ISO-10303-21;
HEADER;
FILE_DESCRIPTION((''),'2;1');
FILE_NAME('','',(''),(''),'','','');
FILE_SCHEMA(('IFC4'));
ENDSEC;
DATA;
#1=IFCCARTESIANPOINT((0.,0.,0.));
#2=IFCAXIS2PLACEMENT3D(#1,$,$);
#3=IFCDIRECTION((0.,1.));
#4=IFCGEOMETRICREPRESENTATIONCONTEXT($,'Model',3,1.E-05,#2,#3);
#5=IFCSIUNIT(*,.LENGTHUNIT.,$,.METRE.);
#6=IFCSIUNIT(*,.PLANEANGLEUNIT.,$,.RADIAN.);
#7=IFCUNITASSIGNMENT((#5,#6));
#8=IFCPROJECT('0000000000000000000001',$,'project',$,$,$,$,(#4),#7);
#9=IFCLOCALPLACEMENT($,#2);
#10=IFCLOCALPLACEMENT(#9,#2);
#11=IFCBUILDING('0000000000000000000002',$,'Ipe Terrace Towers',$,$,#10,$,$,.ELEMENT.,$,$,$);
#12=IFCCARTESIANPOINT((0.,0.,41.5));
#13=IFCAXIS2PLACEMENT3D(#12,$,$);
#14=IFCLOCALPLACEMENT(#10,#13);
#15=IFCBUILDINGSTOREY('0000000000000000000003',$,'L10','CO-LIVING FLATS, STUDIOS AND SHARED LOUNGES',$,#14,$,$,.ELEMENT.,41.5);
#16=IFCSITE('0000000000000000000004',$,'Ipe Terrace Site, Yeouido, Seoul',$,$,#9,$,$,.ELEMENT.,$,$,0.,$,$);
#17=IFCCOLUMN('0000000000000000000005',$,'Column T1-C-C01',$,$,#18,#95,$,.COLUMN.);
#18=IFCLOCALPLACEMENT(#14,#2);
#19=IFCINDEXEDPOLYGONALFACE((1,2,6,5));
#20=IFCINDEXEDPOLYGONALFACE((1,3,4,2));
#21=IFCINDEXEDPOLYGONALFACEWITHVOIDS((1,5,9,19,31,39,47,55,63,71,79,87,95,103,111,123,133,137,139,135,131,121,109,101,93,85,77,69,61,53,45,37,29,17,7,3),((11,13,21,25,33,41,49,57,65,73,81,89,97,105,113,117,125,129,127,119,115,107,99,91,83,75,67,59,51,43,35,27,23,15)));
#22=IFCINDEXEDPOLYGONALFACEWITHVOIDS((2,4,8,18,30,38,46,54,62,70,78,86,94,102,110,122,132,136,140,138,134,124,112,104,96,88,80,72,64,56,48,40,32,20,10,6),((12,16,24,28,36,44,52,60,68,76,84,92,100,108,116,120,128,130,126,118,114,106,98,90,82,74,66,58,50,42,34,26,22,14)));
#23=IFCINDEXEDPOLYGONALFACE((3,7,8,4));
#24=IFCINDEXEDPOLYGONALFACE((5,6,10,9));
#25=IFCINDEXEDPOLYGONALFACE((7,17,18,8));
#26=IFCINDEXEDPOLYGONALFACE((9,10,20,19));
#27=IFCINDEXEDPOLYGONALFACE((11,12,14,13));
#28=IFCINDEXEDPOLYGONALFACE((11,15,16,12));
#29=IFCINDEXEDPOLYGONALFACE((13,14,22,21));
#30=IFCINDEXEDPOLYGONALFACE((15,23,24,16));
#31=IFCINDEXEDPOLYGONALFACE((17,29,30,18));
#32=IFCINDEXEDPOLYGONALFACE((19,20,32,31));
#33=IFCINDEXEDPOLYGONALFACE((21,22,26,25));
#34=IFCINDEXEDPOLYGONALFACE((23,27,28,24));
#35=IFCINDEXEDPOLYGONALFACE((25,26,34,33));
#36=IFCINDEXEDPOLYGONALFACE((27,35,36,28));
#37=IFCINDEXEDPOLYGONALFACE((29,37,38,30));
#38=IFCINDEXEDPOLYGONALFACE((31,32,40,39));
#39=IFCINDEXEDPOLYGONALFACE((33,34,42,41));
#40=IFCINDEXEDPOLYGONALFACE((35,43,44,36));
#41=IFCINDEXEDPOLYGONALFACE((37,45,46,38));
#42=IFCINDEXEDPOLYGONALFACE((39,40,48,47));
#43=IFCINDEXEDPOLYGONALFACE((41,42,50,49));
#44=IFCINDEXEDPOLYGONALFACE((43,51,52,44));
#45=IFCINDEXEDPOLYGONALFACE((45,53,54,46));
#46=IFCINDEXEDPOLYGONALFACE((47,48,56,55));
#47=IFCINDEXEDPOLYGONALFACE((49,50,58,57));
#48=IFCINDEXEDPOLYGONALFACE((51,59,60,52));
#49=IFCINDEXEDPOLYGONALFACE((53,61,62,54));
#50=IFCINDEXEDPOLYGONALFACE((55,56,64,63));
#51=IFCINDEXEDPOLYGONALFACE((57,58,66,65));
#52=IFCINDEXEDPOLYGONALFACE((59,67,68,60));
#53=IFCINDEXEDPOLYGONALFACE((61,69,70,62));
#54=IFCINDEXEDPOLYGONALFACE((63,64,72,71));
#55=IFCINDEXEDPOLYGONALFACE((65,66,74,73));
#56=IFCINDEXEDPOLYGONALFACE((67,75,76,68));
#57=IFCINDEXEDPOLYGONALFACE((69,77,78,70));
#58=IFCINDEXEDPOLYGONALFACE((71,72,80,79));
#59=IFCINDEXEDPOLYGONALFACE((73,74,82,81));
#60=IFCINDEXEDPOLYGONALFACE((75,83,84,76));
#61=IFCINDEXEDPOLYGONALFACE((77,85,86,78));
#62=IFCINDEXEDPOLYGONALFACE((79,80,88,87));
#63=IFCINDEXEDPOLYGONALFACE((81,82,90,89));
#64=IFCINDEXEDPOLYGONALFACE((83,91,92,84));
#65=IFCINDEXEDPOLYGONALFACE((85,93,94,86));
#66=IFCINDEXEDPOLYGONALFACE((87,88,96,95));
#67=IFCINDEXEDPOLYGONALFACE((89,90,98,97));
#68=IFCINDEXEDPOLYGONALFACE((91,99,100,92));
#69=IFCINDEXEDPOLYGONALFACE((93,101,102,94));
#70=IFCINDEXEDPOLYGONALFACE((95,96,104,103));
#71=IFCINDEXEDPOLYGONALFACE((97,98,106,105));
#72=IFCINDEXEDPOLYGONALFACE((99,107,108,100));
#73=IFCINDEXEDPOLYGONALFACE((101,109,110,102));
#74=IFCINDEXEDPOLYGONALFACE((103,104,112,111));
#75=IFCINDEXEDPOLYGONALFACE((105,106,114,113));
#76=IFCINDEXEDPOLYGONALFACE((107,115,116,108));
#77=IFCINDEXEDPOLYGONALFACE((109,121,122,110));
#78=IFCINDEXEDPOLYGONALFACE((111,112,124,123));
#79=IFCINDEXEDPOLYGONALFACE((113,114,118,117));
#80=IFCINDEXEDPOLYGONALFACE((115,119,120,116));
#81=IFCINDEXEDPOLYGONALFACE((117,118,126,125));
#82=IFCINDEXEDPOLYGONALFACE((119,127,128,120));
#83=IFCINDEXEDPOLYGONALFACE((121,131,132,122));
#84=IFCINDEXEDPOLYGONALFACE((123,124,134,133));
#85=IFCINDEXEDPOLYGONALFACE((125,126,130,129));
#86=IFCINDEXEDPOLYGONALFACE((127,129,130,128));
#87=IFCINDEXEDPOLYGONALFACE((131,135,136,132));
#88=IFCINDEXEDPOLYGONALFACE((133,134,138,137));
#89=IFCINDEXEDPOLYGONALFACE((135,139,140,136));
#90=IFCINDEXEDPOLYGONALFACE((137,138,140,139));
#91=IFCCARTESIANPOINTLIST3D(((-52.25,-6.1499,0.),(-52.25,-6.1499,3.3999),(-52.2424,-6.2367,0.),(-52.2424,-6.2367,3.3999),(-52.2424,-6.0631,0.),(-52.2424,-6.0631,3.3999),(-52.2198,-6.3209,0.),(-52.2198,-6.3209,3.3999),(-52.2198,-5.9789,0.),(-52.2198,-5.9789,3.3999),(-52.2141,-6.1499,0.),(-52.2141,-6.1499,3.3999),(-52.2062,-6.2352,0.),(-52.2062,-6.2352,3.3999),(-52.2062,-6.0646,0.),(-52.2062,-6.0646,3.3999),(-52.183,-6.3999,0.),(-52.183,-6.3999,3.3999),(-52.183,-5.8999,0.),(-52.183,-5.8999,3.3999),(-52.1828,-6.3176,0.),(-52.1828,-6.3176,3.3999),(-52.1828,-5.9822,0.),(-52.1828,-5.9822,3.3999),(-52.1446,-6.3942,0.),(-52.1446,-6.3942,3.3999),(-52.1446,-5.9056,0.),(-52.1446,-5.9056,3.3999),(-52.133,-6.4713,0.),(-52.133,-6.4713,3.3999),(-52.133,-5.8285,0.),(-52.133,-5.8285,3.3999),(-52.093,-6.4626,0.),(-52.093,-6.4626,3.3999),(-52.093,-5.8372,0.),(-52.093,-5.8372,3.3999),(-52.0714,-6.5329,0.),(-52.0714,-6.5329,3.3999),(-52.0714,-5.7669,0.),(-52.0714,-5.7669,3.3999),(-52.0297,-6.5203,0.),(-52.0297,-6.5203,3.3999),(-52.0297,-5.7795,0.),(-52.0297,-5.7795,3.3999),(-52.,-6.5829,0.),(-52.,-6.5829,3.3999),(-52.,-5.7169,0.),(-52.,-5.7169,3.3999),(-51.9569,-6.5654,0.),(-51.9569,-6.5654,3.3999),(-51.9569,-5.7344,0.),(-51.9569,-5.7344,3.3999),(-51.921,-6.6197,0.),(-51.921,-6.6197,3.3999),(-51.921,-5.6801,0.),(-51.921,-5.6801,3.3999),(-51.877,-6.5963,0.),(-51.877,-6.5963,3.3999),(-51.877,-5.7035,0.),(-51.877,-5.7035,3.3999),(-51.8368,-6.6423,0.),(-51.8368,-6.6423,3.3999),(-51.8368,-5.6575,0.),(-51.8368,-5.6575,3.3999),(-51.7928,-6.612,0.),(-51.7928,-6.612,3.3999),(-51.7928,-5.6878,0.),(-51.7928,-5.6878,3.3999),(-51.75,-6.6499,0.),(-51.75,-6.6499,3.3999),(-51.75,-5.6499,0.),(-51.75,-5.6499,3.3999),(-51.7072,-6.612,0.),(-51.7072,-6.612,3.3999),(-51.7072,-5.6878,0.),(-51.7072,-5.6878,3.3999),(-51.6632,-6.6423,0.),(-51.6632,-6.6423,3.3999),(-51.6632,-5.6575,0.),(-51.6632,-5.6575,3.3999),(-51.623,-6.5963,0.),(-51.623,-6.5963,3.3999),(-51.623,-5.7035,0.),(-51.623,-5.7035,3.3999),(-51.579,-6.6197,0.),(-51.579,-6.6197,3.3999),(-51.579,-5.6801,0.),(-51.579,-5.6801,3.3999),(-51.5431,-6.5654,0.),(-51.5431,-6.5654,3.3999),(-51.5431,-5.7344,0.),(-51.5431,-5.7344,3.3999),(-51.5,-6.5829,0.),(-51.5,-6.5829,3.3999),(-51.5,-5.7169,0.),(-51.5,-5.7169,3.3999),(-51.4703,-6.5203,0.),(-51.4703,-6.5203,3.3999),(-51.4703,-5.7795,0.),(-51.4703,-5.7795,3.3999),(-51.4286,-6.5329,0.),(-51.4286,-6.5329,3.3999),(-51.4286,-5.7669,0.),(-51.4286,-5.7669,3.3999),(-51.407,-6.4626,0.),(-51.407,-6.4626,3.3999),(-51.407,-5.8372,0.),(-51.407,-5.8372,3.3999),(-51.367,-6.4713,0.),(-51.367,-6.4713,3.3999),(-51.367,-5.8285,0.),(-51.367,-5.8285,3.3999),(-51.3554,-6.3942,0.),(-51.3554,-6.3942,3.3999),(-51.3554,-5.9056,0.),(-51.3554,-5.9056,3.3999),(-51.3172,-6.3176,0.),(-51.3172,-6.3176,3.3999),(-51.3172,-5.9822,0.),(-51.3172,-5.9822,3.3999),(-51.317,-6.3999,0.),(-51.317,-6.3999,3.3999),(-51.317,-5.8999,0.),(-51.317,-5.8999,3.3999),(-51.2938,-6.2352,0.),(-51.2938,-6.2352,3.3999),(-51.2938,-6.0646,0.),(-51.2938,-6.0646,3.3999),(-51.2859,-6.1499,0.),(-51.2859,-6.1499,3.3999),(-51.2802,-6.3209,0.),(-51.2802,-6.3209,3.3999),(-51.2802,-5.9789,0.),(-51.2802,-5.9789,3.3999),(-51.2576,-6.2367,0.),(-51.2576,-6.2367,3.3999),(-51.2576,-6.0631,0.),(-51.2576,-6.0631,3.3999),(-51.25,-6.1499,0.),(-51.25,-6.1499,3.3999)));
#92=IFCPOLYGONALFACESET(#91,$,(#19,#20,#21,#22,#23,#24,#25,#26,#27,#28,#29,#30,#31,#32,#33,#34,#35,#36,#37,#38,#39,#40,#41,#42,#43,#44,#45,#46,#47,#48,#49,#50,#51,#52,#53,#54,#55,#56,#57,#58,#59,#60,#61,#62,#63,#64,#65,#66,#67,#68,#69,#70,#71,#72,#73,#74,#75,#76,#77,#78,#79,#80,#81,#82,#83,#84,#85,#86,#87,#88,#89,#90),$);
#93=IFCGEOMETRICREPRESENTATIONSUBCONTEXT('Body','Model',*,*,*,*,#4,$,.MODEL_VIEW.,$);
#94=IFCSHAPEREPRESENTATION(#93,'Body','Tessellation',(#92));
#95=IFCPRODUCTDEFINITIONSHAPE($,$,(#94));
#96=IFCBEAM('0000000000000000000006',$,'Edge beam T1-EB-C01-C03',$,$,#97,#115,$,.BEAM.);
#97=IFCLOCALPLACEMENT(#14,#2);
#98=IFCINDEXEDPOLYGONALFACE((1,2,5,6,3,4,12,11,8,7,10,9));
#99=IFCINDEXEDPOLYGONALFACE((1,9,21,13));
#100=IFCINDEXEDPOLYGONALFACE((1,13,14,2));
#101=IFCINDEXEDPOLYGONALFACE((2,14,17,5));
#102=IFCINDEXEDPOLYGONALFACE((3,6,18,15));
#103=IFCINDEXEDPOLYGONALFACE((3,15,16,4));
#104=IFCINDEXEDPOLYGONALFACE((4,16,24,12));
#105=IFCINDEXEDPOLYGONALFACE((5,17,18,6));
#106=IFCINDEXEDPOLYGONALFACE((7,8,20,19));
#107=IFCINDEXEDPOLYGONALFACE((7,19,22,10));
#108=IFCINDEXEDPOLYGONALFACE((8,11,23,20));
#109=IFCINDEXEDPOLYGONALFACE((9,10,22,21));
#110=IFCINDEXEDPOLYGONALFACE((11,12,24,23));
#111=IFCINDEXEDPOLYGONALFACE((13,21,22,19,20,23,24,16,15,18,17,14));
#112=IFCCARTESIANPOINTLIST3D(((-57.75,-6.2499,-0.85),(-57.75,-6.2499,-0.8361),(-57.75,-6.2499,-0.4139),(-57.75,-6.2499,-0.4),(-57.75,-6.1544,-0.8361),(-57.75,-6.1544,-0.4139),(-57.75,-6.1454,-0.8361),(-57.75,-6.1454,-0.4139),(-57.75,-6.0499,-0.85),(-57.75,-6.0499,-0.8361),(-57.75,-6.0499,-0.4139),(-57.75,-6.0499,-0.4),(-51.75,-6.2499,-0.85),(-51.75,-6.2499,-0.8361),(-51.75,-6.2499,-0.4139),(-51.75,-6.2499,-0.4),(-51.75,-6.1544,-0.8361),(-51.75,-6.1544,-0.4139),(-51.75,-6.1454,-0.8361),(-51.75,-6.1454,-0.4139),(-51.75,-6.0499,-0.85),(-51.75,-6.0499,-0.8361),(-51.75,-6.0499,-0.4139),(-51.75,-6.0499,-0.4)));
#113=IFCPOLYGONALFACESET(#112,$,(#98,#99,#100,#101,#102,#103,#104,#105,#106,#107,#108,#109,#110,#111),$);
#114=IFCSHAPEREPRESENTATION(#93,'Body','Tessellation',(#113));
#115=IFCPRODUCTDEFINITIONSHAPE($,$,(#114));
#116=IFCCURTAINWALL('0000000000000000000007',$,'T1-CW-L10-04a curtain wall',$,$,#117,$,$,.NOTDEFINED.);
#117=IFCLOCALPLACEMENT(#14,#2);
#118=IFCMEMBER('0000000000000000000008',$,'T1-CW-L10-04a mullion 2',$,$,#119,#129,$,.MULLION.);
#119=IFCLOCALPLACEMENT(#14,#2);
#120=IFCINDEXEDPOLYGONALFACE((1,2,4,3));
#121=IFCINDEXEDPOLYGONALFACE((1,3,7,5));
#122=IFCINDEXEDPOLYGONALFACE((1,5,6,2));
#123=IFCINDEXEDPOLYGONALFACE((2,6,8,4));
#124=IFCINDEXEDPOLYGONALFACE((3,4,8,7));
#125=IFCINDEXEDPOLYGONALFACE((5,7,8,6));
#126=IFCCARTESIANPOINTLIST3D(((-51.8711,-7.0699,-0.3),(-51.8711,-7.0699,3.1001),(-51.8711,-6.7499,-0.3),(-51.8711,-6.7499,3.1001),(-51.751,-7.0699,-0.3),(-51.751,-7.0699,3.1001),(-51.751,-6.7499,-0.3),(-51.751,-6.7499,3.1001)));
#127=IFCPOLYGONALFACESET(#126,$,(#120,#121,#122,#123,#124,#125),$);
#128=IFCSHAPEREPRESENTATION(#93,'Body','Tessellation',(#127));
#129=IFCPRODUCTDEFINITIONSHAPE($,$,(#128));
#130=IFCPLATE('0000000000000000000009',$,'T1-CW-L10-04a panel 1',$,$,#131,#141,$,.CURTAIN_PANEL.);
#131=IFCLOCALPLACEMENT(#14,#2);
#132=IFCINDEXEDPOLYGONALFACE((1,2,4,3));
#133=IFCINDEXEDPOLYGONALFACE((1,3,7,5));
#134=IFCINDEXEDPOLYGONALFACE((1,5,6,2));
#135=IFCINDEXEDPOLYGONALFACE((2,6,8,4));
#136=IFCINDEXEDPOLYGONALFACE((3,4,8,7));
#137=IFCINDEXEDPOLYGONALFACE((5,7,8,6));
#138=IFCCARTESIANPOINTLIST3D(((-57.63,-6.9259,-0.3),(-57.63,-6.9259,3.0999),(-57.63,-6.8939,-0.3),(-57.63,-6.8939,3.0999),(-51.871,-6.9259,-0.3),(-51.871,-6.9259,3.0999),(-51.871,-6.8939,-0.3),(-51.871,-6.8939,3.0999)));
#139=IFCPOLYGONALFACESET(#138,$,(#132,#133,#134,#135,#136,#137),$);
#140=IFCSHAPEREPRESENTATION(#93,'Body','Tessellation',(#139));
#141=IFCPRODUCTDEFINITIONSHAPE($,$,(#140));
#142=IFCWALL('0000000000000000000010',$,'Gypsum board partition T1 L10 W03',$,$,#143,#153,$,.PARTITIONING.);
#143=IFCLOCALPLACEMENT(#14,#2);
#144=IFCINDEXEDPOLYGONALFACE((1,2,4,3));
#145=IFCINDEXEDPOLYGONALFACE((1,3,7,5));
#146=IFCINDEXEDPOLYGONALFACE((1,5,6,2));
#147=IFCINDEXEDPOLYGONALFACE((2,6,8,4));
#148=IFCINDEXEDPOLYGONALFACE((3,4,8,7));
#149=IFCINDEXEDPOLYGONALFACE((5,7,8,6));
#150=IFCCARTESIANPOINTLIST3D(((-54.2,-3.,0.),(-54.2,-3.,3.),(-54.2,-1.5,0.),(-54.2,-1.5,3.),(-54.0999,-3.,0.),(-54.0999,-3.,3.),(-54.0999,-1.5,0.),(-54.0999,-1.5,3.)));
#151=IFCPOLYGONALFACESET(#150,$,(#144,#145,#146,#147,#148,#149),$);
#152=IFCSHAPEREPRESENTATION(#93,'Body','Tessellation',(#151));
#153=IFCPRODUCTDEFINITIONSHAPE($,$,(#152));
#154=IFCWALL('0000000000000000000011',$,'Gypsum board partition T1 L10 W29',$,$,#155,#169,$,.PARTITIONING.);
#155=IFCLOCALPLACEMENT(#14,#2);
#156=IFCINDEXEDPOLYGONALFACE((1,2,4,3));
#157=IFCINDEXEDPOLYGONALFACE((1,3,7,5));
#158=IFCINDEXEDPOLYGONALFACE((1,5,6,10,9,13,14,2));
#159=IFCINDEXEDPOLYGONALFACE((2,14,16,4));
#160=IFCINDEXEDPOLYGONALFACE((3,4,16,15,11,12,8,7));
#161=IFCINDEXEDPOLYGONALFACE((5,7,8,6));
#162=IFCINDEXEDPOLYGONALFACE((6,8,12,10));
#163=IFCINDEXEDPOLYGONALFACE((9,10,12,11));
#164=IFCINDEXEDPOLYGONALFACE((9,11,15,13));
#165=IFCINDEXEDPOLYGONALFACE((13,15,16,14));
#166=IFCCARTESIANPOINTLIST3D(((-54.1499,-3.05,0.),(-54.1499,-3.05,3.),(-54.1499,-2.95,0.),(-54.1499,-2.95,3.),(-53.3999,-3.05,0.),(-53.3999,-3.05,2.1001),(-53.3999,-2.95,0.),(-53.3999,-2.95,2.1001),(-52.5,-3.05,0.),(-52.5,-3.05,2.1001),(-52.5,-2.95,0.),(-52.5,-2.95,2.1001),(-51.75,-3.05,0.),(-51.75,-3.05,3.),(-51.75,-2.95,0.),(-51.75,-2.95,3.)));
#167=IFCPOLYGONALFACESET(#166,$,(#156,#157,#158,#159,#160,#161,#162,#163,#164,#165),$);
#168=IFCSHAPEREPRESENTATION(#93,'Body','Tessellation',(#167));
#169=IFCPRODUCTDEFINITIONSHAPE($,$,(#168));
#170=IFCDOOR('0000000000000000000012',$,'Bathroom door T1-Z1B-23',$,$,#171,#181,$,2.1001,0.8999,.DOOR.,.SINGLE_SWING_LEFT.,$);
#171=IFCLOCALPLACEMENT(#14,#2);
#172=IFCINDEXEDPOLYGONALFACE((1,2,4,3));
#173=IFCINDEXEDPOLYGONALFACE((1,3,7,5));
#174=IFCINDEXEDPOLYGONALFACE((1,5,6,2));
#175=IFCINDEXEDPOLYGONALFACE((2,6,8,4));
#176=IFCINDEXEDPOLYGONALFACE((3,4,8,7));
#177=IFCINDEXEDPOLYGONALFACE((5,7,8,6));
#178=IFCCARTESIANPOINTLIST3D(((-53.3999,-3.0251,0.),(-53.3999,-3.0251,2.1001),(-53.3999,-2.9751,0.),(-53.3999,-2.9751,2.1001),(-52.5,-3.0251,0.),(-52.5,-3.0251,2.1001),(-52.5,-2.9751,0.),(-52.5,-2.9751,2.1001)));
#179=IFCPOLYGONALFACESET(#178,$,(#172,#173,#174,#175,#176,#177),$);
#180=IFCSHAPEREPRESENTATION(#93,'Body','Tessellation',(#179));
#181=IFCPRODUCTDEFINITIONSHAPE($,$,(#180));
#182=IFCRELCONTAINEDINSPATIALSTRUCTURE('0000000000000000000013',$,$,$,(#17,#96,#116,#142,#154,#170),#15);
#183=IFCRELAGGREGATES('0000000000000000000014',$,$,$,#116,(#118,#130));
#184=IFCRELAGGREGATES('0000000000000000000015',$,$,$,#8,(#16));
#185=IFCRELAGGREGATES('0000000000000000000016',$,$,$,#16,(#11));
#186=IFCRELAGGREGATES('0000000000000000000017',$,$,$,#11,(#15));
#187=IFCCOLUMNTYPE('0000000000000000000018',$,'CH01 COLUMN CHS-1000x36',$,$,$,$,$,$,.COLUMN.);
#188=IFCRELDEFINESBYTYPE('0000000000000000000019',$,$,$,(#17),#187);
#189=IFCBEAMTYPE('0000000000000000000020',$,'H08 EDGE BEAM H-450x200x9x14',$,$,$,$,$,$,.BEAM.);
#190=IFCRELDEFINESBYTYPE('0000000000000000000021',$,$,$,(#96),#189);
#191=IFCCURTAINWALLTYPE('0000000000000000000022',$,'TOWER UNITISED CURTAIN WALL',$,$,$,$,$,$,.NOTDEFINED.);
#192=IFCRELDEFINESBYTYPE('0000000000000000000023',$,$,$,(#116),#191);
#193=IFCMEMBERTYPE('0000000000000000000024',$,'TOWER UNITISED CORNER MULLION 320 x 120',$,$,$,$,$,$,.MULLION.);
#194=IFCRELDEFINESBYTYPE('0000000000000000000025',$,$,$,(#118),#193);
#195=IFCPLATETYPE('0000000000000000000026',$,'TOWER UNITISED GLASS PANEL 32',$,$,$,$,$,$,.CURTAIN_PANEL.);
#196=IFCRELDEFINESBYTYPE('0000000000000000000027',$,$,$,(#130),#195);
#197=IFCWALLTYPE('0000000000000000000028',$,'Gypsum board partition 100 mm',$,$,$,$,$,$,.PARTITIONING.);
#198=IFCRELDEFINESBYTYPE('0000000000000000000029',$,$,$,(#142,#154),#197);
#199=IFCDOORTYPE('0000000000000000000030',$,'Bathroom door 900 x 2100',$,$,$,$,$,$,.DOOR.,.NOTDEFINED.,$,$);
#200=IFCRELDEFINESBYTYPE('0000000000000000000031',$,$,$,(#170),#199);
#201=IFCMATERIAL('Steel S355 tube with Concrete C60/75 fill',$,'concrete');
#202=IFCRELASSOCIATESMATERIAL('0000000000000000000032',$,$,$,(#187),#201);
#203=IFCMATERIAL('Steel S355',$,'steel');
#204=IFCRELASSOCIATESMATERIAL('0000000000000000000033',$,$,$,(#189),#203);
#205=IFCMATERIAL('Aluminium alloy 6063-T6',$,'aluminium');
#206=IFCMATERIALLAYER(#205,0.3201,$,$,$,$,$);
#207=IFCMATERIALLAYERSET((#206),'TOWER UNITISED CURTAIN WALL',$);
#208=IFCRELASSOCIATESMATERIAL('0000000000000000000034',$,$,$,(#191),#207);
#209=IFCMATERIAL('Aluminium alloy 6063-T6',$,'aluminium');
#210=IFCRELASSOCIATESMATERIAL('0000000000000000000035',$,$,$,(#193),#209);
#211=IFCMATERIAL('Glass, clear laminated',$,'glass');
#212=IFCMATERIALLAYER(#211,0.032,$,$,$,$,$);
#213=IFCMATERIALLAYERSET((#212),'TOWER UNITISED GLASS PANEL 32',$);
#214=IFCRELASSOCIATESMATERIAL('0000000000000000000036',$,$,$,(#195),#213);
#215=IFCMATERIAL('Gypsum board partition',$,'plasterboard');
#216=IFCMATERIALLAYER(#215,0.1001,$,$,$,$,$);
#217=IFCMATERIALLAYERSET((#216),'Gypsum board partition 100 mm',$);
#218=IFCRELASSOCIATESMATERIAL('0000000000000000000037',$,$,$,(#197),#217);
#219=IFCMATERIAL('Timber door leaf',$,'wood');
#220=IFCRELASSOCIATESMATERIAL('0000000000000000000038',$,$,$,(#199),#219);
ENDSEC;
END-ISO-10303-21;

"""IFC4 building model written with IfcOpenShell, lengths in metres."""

from ifc_helpers import new_model, si_unit, direction, frame, frame_2d, origin, origin_2d, place, context, subcontext, project, spatial, rectangle, hollow_circle, i_section, extrude, material, layer, layer_set, material_profile, profile_set, type_object, element, fill, aggregate, save


model = new_model("IFC4")

# Units and contexts
model_context = context("Model", 3, precision=1e-05, world=origin(), true_north=direction((0.0, 1.0)))
body_context = subcontext(model_context, "Body", "Model", "MODEL_VIEW")
ifc_project = project(units=[si_unit("LENGTHUNIT", "METRE"), si_unit("PLANEANGLEUNIT", "RADIAN")], contexts=[model_context])

# Site, building, storey
site_placement = place(None, origin())
site = spatial("IfcSite", under=ifc_project, at=site_placement, Name="Ipe Terrace Site, Yeouido, Seoul", CompositionType="ELEMENT", RefElevation=0.0)
building_placement = place(site_placement, origin())
building = spatial("IfcBuilding", under=site, at=building_placement, Name="Ipe Terrace Towers", CompositionType="ELEMENT")
storey_placement = place(building_placement, frame((0.0, 0.0, 41.5)))
storey = spatial("IfcBuildingStorey", under=building, at=storey_placement, Name="L10", Description="CO-LIVING FLATS, STUDIOS AND SHARED LOUNGES", CompositionType="ELEMENT", Elevation=41.5)

# Column
ifc_material_1 = material(Name="Steel S355 tube with Concrete C60/75 fill", Category="concrete")
ifc_material_profile_1 = material_profile(ifc_material_1, hollow_circle(Radius=0.5, WallThickness=0.0359, at=origin_2d()), Name="CHS-1000x36")
ifc_profile_set_1 = profile_set([ifc_material_profile_1], Name="Steel S355 tube with Concrete C60/75 fill")
column_type = type_object("IfcColumnType", Name="CH01 COLUMN CHS-1000x36", PredefinedType="COLUMN", material=ifc_profile_set_1)
column_placement = place(storey_placement, frame((-51.75, -6.1499, 0.0), z_axis=(0.0, 0.0, 1.0), x_axis=(1.0, 0.0, 0.0)))
element("IfcColumn", 1, at=column_placement, inside=storey, type_object=column_type, Name="Column T1-C-C01", PredefinedType="COLUMN", context=body_context, shape_type="SweptSolid", body=[
    extrude(hollow_circle(Radius=0.5, WallThickness=0.0359, at=origin_2d()), origin(), (0.0, 0.0, 1.0), 3.3999),
])

# Beam
ifc_material_2 = material(Name="Steel S355", Category="steel")
ifc_material_profile_2 = material_profile(ifc_material_2, i_section(OverallWidth=0.2, OverallDepth=0.45, WebThickness=0.009, FlangeThickness=0.0139, at=origin_2d()), Name="H-450x200x9x14")
ifc_profile_set_2 = profile_set([ifc_material_profile_2], Name="Steel S355")
beam_type = type_object("IfcBeamType", Name="H08 EDGE BEAM H-450x200x9x14", PredefinedType="BEAM", material=ifc_profile_set_2)
beam_placement = place(storey_placement, frame((-51.75, -6.1499, -0.625), z_axis=(-1.0, 0.0, 0.0), x_axis=(0.0, -1.0, 0.0)))
element("IfcBeam", 2, at=beam_placement, inside=storey, type_object=beam_type, Name="Edge beam T1-EB-C01-C03", PredefinedType="BEAM", context=body_context, shape_type="SweptSolid", body=[
    extrude(i_section(OverallWidth=0.2, OverallDepth=0.45, WebThickness=0.009, FlangeThickness=0.0139, at=origin_2d()), origin(), (0.0, 0.0, 1.0), 6.0),
])

# Curtain wall, member, plate
ifc_material_3 = material(Name="Aluminium alloy 6063-T6", Category="aluminium")
ifc_layer_1 = layer(ifc_material_3, 0.3201)
ifc_layer_set_1 = layer_set([ifc_layer_1], Name="TOWER UNITISED CURTAIN WALL")
curtain_wall_type = type_object("IfcCurtainWallType", Name="TOWER UNITISED CURTAIN WALL", PredefinedType="NOTDEFINED", material=ifc_layer_set_1)
curtain_wall_placement = place(storey_placement, origin())
curtain_wall = element("IfcCurtainWall", 3, at=curtain_wall_placement, inside=storey, type_object=curtain_wall_type, Name="T1-CW-L10-04a curtain wall", PredefinedType="NOTDEFINED")
ifc_material_4 = material(Name="Aluminium alloy 6063-T6", Category="aluminium")
ifc_material_profile_3 = material_profile(ifc_material_4, rectangle(XDim=0.3201, YDim=0.1201, at=origin_2d()), Name="TOWER UNITISED CORNER MULLION 320 x 120")
ifc_profile_set_3 = profile_set([ifc_material_profile_3], Name="Aluminium alloy 6063-T6")
member_type = type_object("IfcMemberType", Name="TOWER UNITISED CORNER MULLION 320 x 120", PredefinedType="MULLION", material=ifc_profile_set_3)
member_placement = place(storey_placement, frame((-51.811, -6.9099, -0.3), z_axis=(0.0, 0.0, 1.0), x_axis=(0.0, -1.0, 0.0)))
member = element("IfcMember", 4, at=member_placement, type_object=member_type, Name="T1-CW-L10-04a mullion 2", PredefinedType="MULLION", context=body_context, shape_type="SweptSolid", body=[
    extrude(rectangle(XDim=0.3201, YDim=0.1201, at=origin_2d()), origin(), (0.0, 0.0, 1.0), 3.4001),
])
ifc_material_5 = material(Name="Glass, clear laminated", Category="glass")
ifc_layer_2 = layer(ifc_material_5, 0.032)
ifc_layer_set_2 = layer_set([ifc_layer_2], Name="TOWER UNITISED GLASS PANEL 32")
plate_type = type_object("IfcPlateType", Name="TOWER UNITISED GLASS PANEL 32", PredefinedType="CURTAIN_PANEL", material=ifc_layer_set_2)
plate_placement = place(storey_placement, frame((-54.7505, -6.9099, -0.3), z_axis=(0.0, 0.0, 1.0), x_axis=(1.0, 0.0, 0.0)))
plate = element("IfcPlate", 5, at=plate_placement, type_object=plate_type, Name="T1-CW-L10-04a panel 1", PredefinedType="CURTAIN_PANEL", context=body_context, shape_type="SweptSolid", body=[
    extrude(rectangle(XDim=5.759, YDim=0.032, at=origin_2d()), origin(), (0.0, 0.0, 1.0), 3.3999),
])
aggregate(curtain_wall, [member, plate])

# Wall
ifc_material_6 = material(Name="Gypsum board partition", Category="plasterboard")
ifc_layer_3 = layer(ifc_material_6, 0.1001)
ifc_layer_set_3 = layer_set([ifc_layer_3], Name="Gypsum board partition 100 mm")
wall_type_1 = type_object("IfcWallType", Name="Gypsum board partition 100 mm", PredefinedType="PARTITIONING", material=ifc_layer_set_3)
wall_1_placement = place(storey_placement, frame((-54.1499, -3.0, 0.0), z_axis=(0.0, 0.0, 1.0), x_axis=(0.0, 1.0, 0.0)))
element("IfcWall", 6, at=wall_1_placement, inside=storey, type_object=wall_type_1, Name="Gypsum board partition T1 L10 W03", PredefinedType="PARTITIONING", context=body_context, shape_type="SweptSolid", body=[
    extrude(rectangle(XDim=1.5, YDim=0.1001, at=frame_2d((0.75, 0.0))), origin(), (0.0, 0.0, 1.0), 3.0),
])

# Wall, opening, door
wall_2_placement = place(storey_placement, frame((-54.1499, -3.0, 0.0), z_axis=(0.0, 0.0, 1.0), x_axis=(1.0, 0.0, 0.0)))
wall_2 = element("IfcWall", 7, at=wall_2_placement, inside=storey, type_object=wall_type_1, Name="Gypsum board partition T1 L10 W29", PredefinedType="PARTITIONING", context=body_context, shape_type="SweptSolid", body=[
    extrude(rectangle(XDim=2.3999, YDim=0.1001, at=frame_2d((1.2, 0.0))), origin(), (0.0, 0.0, 1.0), 3.0),
])
opening_1_placement = place(wall_2_placement, frame((0.75, 0.0, 0.0)))
opening_1 = element("IfcOpeningElement", 8, at=opening_1_placement, cuts=wall_2, PredefinedType="OPENING", context=body_context, shape_type="SweptSolid", body=[
    extrude(rectangle(XDim=0.8999, YDim=2.1001, at=frame_2d((0.45, 1.05))), frame((0.0, 0.0601, 0.0), z_axis=(0.0, -1.0, 0.0), x_axis=(1.0, 0.0, 0.0)), (0.0, 0.0, 1.0), 0.1201),
])
ifc_material_7 = material(Name="Timber door leaf", Category="wood")
door_type_1 = type_object("IfcDoorType", Name="Bathroom door 900 x 2100", OperationType="NOTDEFINED", PredefinedType="DOOR", material=ifc_material_7)
door_1_placement = place(opening_1_placement, origin())
door_1 = element("IfcDoor", 9, at=door_1_placement, inside=storey, type_object=door_type_1, Name="Bathroom door T1-Z1B-23", OperationType="SINGLE_SWING_LEFT", OverallHeight=2.1001, OverallWidth=0.8999, PredefinedType="DOOR", context=body_context, shape_type="SweptSolid", body=[
    extrude(rectangle(XDim=0.8999, YDim=2.1001, at=frame_2d((0.45, 1.05))), frame((0.0, 0.0249, 0.0), z_axis=(0.0, -1.0, 0.0), x_axis=(1.0, 0.0, 0.0)), (0.0, 0.0, 1.0), 0.05),
])
fill(opening_1, door_1)

save(model, "model.ifc")
